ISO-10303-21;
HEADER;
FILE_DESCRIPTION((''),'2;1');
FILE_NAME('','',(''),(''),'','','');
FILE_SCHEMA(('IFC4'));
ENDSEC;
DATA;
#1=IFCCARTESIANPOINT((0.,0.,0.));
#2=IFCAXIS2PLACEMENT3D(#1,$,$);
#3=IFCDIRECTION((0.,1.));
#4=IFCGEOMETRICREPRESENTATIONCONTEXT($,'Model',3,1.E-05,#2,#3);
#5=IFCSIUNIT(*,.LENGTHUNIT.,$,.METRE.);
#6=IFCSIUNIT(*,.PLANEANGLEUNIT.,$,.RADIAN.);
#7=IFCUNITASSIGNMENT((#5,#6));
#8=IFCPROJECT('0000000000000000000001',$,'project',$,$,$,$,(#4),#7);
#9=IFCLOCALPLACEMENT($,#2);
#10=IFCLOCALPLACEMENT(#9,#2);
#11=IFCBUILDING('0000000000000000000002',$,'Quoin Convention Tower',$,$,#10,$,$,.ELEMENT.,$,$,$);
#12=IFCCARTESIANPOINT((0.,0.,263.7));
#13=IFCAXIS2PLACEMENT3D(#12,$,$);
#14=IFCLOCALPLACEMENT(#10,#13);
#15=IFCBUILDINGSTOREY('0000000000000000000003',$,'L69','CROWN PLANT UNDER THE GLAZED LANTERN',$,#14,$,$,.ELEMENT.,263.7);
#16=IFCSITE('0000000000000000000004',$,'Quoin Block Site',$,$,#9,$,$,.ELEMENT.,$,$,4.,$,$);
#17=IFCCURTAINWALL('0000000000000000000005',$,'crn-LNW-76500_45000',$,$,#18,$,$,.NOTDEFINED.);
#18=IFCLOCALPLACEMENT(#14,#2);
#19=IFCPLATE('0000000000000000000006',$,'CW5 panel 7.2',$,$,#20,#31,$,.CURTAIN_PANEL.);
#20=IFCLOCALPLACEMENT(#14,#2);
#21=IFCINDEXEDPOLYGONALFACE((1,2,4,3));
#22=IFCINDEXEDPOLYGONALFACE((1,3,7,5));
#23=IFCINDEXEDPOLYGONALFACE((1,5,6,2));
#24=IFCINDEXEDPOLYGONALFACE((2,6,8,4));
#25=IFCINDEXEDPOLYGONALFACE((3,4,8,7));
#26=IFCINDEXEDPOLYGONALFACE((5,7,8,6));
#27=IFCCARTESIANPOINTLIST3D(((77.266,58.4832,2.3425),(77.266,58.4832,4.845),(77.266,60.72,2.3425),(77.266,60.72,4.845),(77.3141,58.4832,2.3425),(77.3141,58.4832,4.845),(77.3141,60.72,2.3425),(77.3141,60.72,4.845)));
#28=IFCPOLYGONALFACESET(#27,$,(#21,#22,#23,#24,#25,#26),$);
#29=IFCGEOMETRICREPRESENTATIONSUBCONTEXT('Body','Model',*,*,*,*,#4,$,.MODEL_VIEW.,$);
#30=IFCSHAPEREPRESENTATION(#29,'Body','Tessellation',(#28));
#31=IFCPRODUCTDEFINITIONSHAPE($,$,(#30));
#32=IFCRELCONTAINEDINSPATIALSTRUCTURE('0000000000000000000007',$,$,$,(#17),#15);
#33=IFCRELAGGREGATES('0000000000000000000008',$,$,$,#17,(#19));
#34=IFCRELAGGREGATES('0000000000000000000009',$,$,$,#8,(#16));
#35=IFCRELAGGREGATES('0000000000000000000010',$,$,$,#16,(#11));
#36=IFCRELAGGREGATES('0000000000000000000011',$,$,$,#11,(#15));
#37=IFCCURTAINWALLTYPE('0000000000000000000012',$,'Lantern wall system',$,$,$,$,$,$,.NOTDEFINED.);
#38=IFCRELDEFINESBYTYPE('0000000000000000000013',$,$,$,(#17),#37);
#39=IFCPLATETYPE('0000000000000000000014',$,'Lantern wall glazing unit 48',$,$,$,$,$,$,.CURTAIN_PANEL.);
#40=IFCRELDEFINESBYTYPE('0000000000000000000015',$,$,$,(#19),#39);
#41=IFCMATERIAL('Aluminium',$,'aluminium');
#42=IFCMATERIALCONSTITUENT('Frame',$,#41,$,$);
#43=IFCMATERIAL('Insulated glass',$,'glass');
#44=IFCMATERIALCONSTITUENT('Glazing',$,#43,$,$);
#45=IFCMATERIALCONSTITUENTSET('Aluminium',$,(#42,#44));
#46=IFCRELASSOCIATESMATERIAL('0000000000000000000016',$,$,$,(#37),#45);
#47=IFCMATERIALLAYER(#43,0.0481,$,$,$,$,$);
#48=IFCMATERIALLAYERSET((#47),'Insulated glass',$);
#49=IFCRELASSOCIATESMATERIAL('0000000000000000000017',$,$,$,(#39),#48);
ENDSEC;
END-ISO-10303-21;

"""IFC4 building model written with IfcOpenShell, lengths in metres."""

from ifc_helpers import new_model, si_unit, direction, frame, origin, origin_2d, place, context, subcontext, project, spatial, rectangle, extrude, material, layer, layer_set, constituent, constituent_set, type_object, element, aggregate, save


model = new_model("IFC4")

# Units and contexts
model_context = context("Model", 3, precision=1e-05, world=origin(), true_north=direction((0.0, 1.0)))
body_context = subcontext(model_context, "Body", "Model", "MODEL_VIEW")
ifc_project = project(units=[si_unit("LENGTHUNIT", "METRE"), si_unit("PLANEANGLEUNIT", "RADIAN")], contexts=[model_context])

# Site, building, storey
site_placement = place(None, origin())
site = spatial("IfcSite", under=ifc_project, at=site_placement, Name="Quoin Block Site", CompositionType="ELEMENT", RefElevation=4.0)
building_placement = place(site_placement, origin())
building = spatial("IfcBuilding", under=site, at=building_placement, Name="Quoin Convention Tower", CompositionType="ELEMENT")
storey_placement = place(building_placement, frame((0.0, 0.0, 263.7)))
storey = spatial("IfcBuildingStorey", under=building, at=storey_placement, Name="L69", Description="CROWN PLANT UNDER THE GLAZED LANTERN", CompositionType="ELEMENT", Elevation=263.7)

# Curtain wall
ifc_material_1 = material(Name="Aluminium", Category="aluminium")
ifc_constituent_1 = constituent(ifc_material_1, Name="Frame")
ifc_material_2 = material(Name="Insulated glass", Category="glass")
ifc_constituent_2 = constituent(ifc_material_2, Name="Glazing")
ifc_constituent_set = constituent_set(constituents=[ifc_constituent_1, ifc_constituent_2], Name="Aluminium")
curtain_wall_type = type_object("IfcCurtainWallType", Name="Lantern wall system", PredefinedType="NOTDEFINED", material=ifc_constituent_set)
curtain_wall_placement = place(storey_placement, origin())
curtain_wall = element("IfcCurtainWall", 1, at=curtain_wall_placement, inside=storey, type_object=curtain_wall_type, Name="crn-LNW-76500_45000", PredefinedType="NOTDEFINED")

# Plate
ifc_layer = layer(ifc_material_2, 0.0481)
ifc_layer_set = layer_set([ifc_layer], Name="Insulated glass")
plate_type = type_object("IfcPlateType", Name="Lantern wall glazing unit 48", PredefinedType="CURTAIN_PANEL", material=ifc_layer_set)
plate_1_placement = place(storey_placement, frame((77.29, 59.6016, 2.3425), z_axis=(0.0, 0.0, 1.0), x_axis=(0.0, 1.0, 0.0)))
plate_1 = element("IfcPlate", 2, at=plate_1_placement, type_object=plate_type, Name="CW5 panel 7.2", PredefinedType="CURTAIN_PANEL", context=body_context, shape_type="SweptSolid", body=[
    extrude(rectangle(XDim=2.2368, YDim=0.0481, at=origin_2d()), origin(), (0.0, 0.0, 1.0), 2.5024),
])
aggregate(curtain_wall, [plate_1])

save(model, "model.ifc")
